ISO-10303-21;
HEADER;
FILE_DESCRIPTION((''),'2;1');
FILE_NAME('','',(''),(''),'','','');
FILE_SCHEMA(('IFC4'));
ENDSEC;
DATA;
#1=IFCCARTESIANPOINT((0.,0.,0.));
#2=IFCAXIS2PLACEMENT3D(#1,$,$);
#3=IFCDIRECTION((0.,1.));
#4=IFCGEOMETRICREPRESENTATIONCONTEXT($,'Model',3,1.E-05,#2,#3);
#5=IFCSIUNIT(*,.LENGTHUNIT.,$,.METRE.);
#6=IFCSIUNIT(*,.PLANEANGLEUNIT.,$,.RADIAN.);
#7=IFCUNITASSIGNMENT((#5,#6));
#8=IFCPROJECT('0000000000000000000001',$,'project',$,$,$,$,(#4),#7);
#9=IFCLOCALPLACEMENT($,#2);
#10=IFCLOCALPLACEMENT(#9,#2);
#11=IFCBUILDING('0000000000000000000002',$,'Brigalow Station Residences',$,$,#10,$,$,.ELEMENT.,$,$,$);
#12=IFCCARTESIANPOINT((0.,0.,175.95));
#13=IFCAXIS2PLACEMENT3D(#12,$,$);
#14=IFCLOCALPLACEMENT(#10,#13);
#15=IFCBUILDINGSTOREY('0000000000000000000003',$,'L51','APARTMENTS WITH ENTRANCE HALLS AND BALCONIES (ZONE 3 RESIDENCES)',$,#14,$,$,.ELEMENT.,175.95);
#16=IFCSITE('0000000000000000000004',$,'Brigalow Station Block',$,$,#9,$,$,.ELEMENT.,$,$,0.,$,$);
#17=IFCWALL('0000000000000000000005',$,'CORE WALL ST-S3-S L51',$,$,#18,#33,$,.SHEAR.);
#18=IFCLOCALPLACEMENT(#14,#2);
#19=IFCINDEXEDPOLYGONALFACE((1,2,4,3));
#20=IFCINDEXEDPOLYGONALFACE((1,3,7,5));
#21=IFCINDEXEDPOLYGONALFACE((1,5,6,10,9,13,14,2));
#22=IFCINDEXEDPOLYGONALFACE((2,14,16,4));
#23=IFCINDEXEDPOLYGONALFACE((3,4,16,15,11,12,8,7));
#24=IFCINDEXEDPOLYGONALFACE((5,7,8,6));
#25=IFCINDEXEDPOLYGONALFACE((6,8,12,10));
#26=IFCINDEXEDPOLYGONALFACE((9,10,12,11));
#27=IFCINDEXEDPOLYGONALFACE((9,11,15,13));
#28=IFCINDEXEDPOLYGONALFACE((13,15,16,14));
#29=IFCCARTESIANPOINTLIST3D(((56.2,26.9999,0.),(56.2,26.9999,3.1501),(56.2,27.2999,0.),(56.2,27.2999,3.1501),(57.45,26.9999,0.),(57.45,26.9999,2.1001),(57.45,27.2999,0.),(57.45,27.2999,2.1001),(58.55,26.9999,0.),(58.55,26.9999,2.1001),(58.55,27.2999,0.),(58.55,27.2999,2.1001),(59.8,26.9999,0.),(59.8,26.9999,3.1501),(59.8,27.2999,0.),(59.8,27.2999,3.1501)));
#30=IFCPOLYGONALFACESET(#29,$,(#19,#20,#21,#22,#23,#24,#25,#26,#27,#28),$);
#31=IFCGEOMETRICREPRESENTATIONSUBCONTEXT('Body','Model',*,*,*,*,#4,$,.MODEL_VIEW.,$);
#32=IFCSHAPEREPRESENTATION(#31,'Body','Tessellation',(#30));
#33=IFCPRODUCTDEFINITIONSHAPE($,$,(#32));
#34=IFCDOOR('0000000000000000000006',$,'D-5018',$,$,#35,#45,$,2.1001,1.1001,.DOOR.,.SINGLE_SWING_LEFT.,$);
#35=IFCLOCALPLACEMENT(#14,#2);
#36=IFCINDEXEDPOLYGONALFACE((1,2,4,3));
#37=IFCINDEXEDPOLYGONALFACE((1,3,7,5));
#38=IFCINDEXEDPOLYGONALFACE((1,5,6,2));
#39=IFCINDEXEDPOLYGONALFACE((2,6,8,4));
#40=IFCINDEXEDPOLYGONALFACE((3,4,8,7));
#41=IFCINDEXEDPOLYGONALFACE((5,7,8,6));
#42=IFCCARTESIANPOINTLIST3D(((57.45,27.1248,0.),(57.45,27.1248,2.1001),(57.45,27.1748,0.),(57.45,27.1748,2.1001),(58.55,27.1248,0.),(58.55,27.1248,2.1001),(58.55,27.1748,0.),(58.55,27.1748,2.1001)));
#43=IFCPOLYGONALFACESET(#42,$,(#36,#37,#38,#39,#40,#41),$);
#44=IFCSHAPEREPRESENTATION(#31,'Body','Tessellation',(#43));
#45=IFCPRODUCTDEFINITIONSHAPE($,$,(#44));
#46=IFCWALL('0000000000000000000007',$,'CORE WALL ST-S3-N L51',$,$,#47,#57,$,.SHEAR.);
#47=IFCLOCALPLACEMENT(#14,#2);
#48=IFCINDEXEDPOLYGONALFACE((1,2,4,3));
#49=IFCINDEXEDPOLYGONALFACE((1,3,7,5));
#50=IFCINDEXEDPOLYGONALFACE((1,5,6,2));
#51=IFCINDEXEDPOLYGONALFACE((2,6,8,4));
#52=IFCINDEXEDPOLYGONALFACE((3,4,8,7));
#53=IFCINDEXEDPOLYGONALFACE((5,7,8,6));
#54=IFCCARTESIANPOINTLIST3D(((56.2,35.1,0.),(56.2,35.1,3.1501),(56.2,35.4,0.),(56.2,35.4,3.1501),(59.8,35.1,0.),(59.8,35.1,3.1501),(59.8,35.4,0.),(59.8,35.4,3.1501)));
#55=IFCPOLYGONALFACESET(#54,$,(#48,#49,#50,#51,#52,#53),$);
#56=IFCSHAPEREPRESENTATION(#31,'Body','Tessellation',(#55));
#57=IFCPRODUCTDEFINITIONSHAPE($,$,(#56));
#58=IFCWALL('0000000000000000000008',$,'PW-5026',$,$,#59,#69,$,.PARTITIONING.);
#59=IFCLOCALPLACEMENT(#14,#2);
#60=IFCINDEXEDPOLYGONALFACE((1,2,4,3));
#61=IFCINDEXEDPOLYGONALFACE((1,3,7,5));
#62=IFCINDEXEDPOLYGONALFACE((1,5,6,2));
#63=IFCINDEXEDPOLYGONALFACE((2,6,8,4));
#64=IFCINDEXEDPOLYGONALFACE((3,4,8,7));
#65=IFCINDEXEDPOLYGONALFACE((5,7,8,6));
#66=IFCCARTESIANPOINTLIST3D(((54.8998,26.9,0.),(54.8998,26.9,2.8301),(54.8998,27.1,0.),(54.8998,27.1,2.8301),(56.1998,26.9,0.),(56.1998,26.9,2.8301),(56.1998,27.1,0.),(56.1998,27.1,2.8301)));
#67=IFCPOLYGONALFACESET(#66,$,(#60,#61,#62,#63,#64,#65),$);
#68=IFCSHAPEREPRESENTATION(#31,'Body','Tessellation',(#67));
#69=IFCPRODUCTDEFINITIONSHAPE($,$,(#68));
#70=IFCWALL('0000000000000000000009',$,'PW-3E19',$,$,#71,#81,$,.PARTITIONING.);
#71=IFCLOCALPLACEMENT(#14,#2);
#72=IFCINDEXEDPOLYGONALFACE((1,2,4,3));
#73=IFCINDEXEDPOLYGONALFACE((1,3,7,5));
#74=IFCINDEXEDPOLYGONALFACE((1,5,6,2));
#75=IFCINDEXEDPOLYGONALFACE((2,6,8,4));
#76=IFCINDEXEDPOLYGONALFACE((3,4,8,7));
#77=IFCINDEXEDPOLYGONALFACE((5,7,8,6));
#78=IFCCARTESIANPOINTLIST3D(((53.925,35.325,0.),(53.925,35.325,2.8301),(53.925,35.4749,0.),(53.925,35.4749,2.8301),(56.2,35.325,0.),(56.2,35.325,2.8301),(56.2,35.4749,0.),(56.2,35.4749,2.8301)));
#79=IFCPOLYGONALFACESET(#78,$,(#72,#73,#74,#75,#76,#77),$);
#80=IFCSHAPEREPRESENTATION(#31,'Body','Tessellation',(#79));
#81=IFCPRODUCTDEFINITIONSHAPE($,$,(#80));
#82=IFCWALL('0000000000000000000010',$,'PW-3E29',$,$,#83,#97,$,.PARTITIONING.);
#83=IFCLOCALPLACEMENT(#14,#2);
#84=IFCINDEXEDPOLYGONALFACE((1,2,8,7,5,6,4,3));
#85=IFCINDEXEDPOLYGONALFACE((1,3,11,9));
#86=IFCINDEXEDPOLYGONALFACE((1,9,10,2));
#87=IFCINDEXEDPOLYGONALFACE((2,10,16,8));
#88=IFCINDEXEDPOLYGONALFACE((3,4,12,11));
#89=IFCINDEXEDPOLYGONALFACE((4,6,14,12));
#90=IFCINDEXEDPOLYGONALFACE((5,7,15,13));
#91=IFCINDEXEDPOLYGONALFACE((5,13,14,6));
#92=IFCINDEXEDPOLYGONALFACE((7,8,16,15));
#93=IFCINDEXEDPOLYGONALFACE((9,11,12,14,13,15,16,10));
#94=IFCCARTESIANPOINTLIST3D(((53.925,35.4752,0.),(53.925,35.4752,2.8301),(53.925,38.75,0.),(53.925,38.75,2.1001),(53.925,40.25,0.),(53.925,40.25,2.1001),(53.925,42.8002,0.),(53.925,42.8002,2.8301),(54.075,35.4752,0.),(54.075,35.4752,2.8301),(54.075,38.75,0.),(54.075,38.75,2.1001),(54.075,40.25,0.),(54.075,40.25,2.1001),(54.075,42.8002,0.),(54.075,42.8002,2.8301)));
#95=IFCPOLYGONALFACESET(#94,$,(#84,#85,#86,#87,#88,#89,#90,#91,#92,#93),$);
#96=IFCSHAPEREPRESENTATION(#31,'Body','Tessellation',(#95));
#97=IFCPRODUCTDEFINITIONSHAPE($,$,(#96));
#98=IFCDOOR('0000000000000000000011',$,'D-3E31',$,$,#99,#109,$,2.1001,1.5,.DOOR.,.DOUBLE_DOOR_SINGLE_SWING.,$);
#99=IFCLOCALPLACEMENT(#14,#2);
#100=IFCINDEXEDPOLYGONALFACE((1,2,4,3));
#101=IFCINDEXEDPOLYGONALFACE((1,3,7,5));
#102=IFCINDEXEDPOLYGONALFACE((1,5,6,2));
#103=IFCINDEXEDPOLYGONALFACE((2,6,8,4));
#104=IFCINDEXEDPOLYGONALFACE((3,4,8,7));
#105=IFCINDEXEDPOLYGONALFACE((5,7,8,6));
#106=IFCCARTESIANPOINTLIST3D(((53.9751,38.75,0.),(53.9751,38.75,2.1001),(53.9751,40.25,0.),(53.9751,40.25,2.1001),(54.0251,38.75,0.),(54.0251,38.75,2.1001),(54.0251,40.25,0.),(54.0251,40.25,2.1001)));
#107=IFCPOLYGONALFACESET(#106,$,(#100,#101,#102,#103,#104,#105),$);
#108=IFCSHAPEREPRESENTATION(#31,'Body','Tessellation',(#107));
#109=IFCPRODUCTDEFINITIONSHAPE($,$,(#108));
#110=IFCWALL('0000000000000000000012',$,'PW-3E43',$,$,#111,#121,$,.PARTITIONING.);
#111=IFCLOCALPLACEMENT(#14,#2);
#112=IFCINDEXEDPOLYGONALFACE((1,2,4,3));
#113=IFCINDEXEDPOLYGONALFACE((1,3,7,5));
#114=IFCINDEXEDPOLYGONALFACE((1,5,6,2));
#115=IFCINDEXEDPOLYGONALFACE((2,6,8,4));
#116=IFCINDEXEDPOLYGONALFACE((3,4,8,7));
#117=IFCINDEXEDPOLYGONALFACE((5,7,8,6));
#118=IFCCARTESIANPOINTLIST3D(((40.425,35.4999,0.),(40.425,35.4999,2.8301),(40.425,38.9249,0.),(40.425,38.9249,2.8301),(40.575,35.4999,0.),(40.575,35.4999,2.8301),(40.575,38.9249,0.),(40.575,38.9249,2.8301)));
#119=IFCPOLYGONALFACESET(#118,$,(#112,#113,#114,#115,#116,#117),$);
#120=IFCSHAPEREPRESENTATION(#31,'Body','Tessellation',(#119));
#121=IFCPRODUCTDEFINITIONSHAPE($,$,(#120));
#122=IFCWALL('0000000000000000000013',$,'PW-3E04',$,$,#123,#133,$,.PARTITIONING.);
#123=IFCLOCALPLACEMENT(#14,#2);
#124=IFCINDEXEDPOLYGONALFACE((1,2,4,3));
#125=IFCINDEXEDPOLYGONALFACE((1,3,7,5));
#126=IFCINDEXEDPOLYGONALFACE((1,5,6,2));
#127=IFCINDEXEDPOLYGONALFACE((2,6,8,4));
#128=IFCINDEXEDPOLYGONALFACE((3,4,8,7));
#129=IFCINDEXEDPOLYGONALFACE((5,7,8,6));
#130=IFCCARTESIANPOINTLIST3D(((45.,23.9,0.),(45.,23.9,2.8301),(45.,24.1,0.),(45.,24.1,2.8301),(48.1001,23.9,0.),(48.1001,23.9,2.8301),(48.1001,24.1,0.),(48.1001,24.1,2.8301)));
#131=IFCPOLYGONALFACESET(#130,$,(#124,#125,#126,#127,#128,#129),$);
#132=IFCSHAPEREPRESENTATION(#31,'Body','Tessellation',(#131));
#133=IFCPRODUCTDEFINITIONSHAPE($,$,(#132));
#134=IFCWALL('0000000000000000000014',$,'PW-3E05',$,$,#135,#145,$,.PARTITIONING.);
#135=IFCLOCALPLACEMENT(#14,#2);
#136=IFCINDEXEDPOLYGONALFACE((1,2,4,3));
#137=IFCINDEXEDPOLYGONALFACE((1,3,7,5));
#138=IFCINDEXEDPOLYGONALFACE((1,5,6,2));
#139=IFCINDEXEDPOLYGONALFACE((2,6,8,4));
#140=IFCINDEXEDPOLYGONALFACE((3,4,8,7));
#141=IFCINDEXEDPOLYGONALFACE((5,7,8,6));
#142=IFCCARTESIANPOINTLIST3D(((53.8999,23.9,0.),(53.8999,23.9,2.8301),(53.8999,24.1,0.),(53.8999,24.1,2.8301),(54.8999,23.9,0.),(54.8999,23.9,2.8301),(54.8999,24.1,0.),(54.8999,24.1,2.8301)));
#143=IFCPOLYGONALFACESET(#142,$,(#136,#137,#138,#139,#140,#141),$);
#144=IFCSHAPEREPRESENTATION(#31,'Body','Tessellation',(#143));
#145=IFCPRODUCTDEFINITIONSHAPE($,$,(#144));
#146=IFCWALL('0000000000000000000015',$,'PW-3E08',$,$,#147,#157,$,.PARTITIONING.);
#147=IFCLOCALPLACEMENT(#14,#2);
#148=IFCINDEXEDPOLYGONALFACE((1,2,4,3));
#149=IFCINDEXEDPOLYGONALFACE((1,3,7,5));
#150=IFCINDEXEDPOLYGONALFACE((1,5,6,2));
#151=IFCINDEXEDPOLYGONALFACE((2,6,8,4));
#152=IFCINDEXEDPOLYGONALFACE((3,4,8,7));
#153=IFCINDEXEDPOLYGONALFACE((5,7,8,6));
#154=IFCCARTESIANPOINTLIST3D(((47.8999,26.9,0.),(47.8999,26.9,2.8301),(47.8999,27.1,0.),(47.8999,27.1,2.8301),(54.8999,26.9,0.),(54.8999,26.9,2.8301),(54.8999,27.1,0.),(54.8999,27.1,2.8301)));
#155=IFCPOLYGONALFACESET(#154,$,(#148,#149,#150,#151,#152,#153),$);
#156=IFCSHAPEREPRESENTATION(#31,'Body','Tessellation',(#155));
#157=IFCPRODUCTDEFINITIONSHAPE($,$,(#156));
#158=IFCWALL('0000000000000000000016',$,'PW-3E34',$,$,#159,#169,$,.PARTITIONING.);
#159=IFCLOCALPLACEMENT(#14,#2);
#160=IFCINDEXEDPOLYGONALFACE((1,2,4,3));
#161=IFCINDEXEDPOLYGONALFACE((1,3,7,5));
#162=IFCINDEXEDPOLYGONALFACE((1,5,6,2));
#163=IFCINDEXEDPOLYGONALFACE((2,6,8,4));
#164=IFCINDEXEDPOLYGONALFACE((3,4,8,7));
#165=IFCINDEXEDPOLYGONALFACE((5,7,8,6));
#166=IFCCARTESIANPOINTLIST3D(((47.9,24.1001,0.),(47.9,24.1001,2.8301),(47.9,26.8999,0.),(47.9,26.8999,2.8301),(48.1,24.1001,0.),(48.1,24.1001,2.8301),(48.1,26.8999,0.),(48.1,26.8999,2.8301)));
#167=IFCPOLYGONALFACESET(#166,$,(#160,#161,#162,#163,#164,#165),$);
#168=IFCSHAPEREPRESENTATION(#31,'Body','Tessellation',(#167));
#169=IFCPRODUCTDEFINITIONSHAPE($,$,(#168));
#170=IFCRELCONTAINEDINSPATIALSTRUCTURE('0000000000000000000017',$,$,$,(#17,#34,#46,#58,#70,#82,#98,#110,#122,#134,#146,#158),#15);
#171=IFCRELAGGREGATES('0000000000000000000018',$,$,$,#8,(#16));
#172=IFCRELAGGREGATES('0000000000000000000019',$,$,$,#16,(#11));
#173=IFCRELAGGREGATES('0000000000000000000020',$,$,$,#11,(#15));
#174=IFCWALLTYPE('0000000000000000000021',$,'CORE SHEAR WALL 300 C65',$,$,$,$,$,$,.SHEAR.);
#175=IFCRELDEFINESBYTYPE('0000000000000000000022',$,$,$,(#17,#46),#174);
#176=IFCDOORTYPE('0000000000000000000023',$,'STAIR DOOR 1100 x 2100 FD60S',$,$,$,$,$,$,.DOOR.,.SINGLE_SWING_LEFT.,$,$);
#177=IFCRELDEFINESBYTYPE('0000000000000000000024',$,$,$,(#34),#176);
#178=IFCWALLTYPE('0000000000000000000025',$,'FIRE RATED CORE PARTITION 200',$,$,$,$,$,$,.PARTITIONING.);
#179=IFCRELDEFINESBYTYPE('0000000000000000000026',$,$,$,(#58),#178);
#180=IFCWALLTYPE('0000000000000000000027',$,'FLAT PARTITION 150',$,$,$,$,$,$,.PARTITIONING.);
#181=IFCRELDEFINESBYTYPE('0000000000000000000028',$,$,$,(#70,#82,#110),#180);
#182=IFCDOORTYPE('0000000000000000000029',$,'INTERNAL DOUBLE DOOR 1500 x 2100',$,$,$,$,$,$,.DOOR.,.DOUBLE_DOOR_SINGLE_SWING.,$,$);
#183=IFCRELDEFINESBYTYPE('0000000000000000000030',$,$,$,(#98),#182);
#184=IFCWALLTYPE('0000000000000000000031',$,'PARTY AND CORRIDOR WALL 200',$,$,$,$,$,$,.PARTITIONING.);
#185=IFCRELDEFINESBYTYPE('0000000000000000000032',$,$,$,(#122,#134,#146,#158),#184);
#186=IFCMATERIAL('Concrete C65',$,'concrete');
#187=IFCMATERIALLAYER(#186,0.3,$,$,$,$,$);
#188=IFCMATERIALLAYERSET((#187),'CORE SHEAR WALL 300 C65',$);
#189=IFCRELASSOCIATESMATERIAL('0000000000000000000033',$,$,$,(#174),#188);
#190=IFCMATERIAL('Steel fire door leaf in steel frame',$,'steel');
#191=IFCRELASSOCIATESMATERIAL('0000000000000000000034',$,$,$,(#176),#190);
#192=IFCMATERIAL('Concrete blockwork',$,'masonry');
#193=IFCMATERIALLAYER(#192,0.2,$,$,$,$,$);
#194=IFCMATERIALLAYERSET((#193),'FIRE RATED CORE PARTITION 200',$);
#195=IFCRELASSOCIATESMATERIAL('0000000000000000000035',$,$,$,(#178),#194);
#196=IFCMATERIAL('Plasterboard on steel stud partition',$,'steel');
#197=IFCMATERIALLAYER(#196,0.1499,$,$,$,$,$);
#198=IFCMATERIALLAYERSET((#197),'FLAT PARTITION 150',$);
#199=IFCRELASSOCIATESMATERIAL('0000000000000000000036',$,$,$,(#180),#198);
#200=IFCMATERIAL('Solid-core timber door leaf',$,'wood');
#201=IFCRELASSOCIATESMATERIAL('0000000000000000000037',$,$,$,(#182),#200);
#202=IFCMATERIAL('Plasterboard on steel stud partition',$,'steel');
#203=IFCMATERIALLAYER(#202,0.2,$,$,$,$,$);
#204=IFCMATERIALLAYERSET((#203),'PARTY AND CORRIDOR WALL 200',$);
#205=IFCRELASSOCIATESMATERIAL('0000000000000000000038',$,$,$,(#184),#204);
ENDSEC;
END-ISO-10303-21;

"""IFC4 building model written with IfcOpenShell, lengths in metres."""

from ifc_helpers import new_model, si_unit, direction, frame, frame_2d, origin, place, context, subcontext, project, spatial, rectangle, extrude, material, layer, layer_set, type_object, element, fill, save


model = new_model("IFC4")

# Units and contexts
model_context = context("Model", 3, precision=1e-05, world=origin(), true_north=direction((0.0, 1.0)))
body_context = subcontext(model_context, "Body", "Model", "MODEL_VIEW")
ifc_project = project(units=[si_unit("LENGTHUNIT", "METRE"), si_unit("PLANEANGLEUNIT", "RADIAN")], contexts=[model_context])

# Site, building, storey
site_placement = place(None, origin())
site = spatial("IfcSite", under=ifc_project, at=site_placement, Name="Brigalow Station Block", CompositionType="ELEMENT", RefElevation=0.0)
building_placement = place(site_placement, origin())
building = spatial("IfcBuilding", under=site, at=building_placement, Name="Brigalow Station Residences", CompositionType="ELEMENT")
storey_placement = place(building_placement, frame((0.0, 0.0, 175.95)))
storey = spatial("IfcBuildingStorey", under=building, at=storey_placement, Name="L51", Description="APARTMENTS WITH ENTRANCE HALLS AND BALCONIES (ZONE 3 RESIDENCES)", CompositionType="ELEMENT", Elevation=175.95)

# Wall, opening, door
ifc_material_1 = material(Name="Concrete C65", Category="concrete")
ifc_layer_1 = layer(ifc_material_1, 0.3)
ifc_layer_set_1 = layer_set([ifc_layer_1], Name="CORE SHEAR WALL 300 C65")
wall_type_1 = type_object("IfcWallType", Name="CORE SHEAR WALL 300 C65", PredefinedType="SHEAR", material=ifc_layer_set_1)
wall_1_placement = place(storey_placement, frame((56.2, 27.1499, 0.0), z_axis=(0.0, 0.0, 1.0), x_axis=(1.0, 0.0, 0.0)))
wall_1 = element("IfcWall", 1, at=wall_1_placement, inside=storey, type_object=wall_type_1, Name="CORE WALL ST-S3-S L51", PredefinedType="SHEAR", context=body_context, shape_type="SweptSolid", body=[
    extrude(rectangle(XDim=3.6001, YDim=0.3, at=frame_2d((1.8, 0.0))), origin(), (0.0, 0.0, 1.0), 3.1501),
])
opening_1_placement = place(wall_1_placement, frame((1.25, 0.0, 0.0)))
opening_1 = element("IfcOpeningElement", 2, at=opening_1_placement, cuts=wall_1, PredefinedType="OPENING", context=body_context, shape_type="SweptSolid", body=[
    extrude(rectangle(XDim=1.1001, YDim=2.1001, at=frame_2d((0.55, 1.05))), frame((0.0, 0.1602, 0.0), z_axis=(0.0, -1.0, 0.0), x_axis=(1.0, 0.0, 0.0)), (0.0, 0.0, 1.0), 0.3201),
])
ifc_material_2 = material(Name="Steel fire door leaf in steel frame", Category="steel")
door_type_1 = type_object("IfcDoorType", Name="STAIR DOOR 1100 x 2100 FD60S", OperationType="SINGLE_SWING_LEFT", PredefinedType="DOOR", material=ifc_material_2)
door_1_placement = place(opening_1_placement, origin())
door_1 = element("IfcDoor", 3, at=door_1_placement, inside=storey, type_object=door_type_1, Name="D-5018", OperationType="SINGLE_SWING_LEFT", OverallHeight=2.1001, OverallWidth=1.1001, PredefinedType="DOOR", context=body_context, shape_type="SweptSolid", body=[
    extrude(rectangle(XDim=1.1001, YDim=2.1001, at=frame_2d((0.55, 1.05))), frame((0.0, 0.0249, 0.0), z_axis=(0.0, -1.0, 0.0), x_axis=(1.0, 0.0, 0.0)), (0.0, 0.0, 1.0), 0.05),
])
fill(opening_1, door_1)

# Walls
wall_2_placement = place(storey_placement, frame((56.2, 35.25, 0.0), z_axis=(0.0, 0.0, 1.0), x_axis=(1.0, 0.0, 0.0)))
element("IfcWall", 4, at=wall_2_placement, inside=storey, type_object=wall_type_1, Name="CORE WALL ST-S3-N L51", PredefinedType="SHEAR", context=body_context, shape_type="SweptSolid", body=[
    extrude(rectangle(XDim=3.6001, YDim=0.3, at=frame_2d((1.8, 0.0))), origin(), (0.0, 0.0, 1.0), 3.1501),
])
ifc_material_3 = material(Name="Concrete blockwork", Category="masonry")
ifc_layer_2 = layer(ifc_material_3, 0.2)
ifc_layer_set_2 = layer_set([ifc_layer_2], Name="FIRE RATED CORE PARTITION 200")
wall_type_2 = type_object("IfcWallType", Name="FIRE RATED CORE PARTITION 200", PredefinedType="PARTITIONING", material=ifc_layer_set_2)
wall_3_placement = place(storey_placement, frame((54.8999, 27.0, 0.0), z_axis=(0.0, 0.0, 1.0), x_axis=(1.0, 0.0, 0.0)))
element("IfcWall", 5, at=wall_3_placement, inside=storey, type_object=wall_type_2, Name="PW-5026", PredefinedType="PARTITIONING", context=body_context, shape_type="SweptSolid", body=[
    extrude(rectangle(XDim=1.3, YDim=0.2, at=frame_2d((0.6499, 0.0))), origin(), (0.0, 0.0, 1.0), 2.8301),
])
ifc_material_4 = material(Name="Plasterboard on steel stud partition", Category="steel")
ifc_layer_3 = layer(ifc_material_4, 0.1499)
ifc_layer_set_3 = layer_set([ifc_layer_3], Name="FLAT PARTITION 150")
wall_type_3 = type_object("IfcWallType", Name="FLAT PARTITION 150", PredefinedType="PARTITIONING", material=ifc_layer_set_3)
wall_4_placement = place(storey_placement, frame((53.925, 35.3999, 0.0), z_axis=(0.0, 0.0, 1.0), x_axis=(1.0, 0.0, 0.0)))
element("IfcWall", 6, at=wall_4_placement, inside=storey, type_object=wall_type_3, Name="PW-3E19", PredefinedType="PARTITIONING", context=body_context, shape_type="SweptSolid", body=[
    extrude(rectangle(XDim=2.2749, YDim=0.1499, at=frame_2d((1.1375, 0.0))), origin(), (0.0, 0.0, 1.0), 2.8301),
])

# Wall, opening, door
wall_5_placement = place(storey_placement, frame((54.0, 35.4751, 0.0), z_axis=(0.0, 0.0, 1.0), x_axis=(0.0, 1.0, 0.0)))
wall_5 = element("IfcWall", 7, at=wall_5_placement, inside=storey, type_object=wall_type_3, Name="PW-3E29", PredefinedType="PARTITIONING", context=body_context, shape_type="SweptSolid", body=[
    extrude(rectangle(XDim=7.325, YDim=0.1499, at=frame_2d((3.6626, 0.0))), origin(), (0.0, 0.0, 1.0), 2.8301),
])
opening_2_placement = place(wall_5_placement, frame((3.2749, 0.0, 0.0)))
opening_2 = element("IfcOpeningElement", 8, at=opening_2_placement, cuts=wall_5, PredefinedType="OPENING", context=body_context, shape_type="SweptSolid", body=[
    extrude(rectangle(XDim=1.5, YDim=2.1001, at=frame_2d((0.75, 1.05))), frame((0.0, 0.085, 0.0), z_axis=(0.0, -1.0, 0.0), x_axis=(1.0, 0.0, 0.0)), (0.0, 0.0, 1.0), 0.1699),
])
ifc_material_5 = material(Name="Solid-core timber door leaf", Category="wood")
door_type_2 = type_object("IfcDoorType", Name="INTERNAL DOUBLE DOOR 1500 x 2100", OperationType="DOUBLE_DOOR_SINGLE_SWING", PredefinedType="DOOR", material=ifc_material_5)
door_2_placement = place(opening_2_placement, origin())
door_2 = element("IfcDoor", 9, at=door_2_placement, inside=storey, type_object=door_type_2, Name="D-3E31", OperationType="DOUBLE_DOOR_SINGLE_SWING", OverallHeight=2.1001, OverallWidth=1.5, PredefinedType="DOOR", context=body_context, shape_type="SweptSolid", body=[
    extrude(rectangle(XDim=1.5, YDim=2.1001, at=frame_2d((0.75, 1.05))), frame((0.0, 0.0249, 0.0), z_axis=(0.0, -1.0, 0.0), x_axis=(1.0, 0.0, 0.0)), (0.0, 0.0, 1.0), 0.05),
])
fill(opening_2, door_2)

# Walls
wall_6_placement = place(storey_placement, frame((40.5, 35.5, 0.0), z_axis=(0.0, 0.0, 1.0), x_axis=(0.0, 1.0, 0.0)))
element("IfcWall", 10, at=wall_6_placement, inside=storey, type_object=wall_type_3, Name="PW-3E43", PredefinedType="PARTITIONING", context=body_context, shape_type="SweptSolid", body=[
    extrude(rectangle(XDim=3.425, YDim=0.1499, at=frame_2d((1.7124, 0.0))), origin(), (0.0, 0.0, 1.0), 2.8301),
])
ifc_material_6 = material(Name="Plasterboard on steel stud partition", Category="steel")
ifc_layer_4 = layer(ifc_material_6, 0.2)
ifc_layer_set_4 = layer_set([ifc_layer_4], Name="PARTY AND CORRIDOR WALL 200")
wall_type_4 = type_object("IfcWallType", Name="PARTY AND CORRIDOR WALL 200", PredefinedType="PARTITIONING", material=ifc_layer_set_4)
wall_7_placement = place(storey_placement, frame((45.0, 24.0, 0.0), z_axis=(0.0, 0.0, 1.0), x_axis=(1.0, 0.0, 0.0)))
element("IfcWall", 11, at=wall_7_placement, inside=storey, type_object=wall_type_4, Name="PW-3E04", PredefinedType="PARTITIONING", context=body_context, shape_type="SweptSolid", body=[
    extrude(rectangle(XDim=3.1001, YDim=0.2, at=frame_2d((1.55, 0.0))), origin(), (0.0, 0.0, 1.0), 2.8301),
])
wall_8_placement = place(storey_placement, frame((53.8999, 24.0, 0.0), z_axis=(0.0, 0.0, 1.0), x_axis=(1.0, 0.0, 0.0)))
element("IfcWall", 12, at=wall_8_placement, inside=storey, type_object=wall_type_4, Name="PW-3E05", PredefinedType="PARTITIONING", context=body_context, shape_type="SweptSolid", body=[
    extrude(rectangle(XDim=1.0, YDim=0.2, at=frame_2d((0.5, 0.0))), origin(), (0.0, 0.0, 1.0), 2.8301),
])
wall_9_placement = place(storey_placement, frame((47.8999, 27.0, 0.0), z_axis=(0.0, 0.0, 1.0), x_axis=(1.0, 0.0, 0.0)))
element("IfcWall", 13, at=wall_9_placement, inside=storey, type_object=wall_type_4, Name="PW-3E08", PredefinedType="PARTITIONING", context=body_context, shape_type="SweptSolid", body=[
    extrude(rectangle(XDim=7.0, YDim=0.2, at=frame_2d((3.5, 0.0))), origin(), (0.0, 0.0, 1.0), 2.8301),
])
wall_10_placement = place(storey_placement, frame((48.0, 24.1001, 0.0), z_axis=(0.0, 0.0, 1.0), x_axis=(0.0, 1.0, 0.0)))
element("IfcWall", 14, at=wall_10_placement, inside=storey, type_object=wall_type_4, Name="PW-3E34", PredefinedType="PARTITIONING", context=body_context, shape_type="SweptSolid", body=[
    extrude(rectangle(XDim=2.7998, YDim=0.2, at=frame_2d((1.3999, 0.0))), origin(), (0.0, 0.0, 1.0), 2.8301),
])

save(model, "model.ifc")
